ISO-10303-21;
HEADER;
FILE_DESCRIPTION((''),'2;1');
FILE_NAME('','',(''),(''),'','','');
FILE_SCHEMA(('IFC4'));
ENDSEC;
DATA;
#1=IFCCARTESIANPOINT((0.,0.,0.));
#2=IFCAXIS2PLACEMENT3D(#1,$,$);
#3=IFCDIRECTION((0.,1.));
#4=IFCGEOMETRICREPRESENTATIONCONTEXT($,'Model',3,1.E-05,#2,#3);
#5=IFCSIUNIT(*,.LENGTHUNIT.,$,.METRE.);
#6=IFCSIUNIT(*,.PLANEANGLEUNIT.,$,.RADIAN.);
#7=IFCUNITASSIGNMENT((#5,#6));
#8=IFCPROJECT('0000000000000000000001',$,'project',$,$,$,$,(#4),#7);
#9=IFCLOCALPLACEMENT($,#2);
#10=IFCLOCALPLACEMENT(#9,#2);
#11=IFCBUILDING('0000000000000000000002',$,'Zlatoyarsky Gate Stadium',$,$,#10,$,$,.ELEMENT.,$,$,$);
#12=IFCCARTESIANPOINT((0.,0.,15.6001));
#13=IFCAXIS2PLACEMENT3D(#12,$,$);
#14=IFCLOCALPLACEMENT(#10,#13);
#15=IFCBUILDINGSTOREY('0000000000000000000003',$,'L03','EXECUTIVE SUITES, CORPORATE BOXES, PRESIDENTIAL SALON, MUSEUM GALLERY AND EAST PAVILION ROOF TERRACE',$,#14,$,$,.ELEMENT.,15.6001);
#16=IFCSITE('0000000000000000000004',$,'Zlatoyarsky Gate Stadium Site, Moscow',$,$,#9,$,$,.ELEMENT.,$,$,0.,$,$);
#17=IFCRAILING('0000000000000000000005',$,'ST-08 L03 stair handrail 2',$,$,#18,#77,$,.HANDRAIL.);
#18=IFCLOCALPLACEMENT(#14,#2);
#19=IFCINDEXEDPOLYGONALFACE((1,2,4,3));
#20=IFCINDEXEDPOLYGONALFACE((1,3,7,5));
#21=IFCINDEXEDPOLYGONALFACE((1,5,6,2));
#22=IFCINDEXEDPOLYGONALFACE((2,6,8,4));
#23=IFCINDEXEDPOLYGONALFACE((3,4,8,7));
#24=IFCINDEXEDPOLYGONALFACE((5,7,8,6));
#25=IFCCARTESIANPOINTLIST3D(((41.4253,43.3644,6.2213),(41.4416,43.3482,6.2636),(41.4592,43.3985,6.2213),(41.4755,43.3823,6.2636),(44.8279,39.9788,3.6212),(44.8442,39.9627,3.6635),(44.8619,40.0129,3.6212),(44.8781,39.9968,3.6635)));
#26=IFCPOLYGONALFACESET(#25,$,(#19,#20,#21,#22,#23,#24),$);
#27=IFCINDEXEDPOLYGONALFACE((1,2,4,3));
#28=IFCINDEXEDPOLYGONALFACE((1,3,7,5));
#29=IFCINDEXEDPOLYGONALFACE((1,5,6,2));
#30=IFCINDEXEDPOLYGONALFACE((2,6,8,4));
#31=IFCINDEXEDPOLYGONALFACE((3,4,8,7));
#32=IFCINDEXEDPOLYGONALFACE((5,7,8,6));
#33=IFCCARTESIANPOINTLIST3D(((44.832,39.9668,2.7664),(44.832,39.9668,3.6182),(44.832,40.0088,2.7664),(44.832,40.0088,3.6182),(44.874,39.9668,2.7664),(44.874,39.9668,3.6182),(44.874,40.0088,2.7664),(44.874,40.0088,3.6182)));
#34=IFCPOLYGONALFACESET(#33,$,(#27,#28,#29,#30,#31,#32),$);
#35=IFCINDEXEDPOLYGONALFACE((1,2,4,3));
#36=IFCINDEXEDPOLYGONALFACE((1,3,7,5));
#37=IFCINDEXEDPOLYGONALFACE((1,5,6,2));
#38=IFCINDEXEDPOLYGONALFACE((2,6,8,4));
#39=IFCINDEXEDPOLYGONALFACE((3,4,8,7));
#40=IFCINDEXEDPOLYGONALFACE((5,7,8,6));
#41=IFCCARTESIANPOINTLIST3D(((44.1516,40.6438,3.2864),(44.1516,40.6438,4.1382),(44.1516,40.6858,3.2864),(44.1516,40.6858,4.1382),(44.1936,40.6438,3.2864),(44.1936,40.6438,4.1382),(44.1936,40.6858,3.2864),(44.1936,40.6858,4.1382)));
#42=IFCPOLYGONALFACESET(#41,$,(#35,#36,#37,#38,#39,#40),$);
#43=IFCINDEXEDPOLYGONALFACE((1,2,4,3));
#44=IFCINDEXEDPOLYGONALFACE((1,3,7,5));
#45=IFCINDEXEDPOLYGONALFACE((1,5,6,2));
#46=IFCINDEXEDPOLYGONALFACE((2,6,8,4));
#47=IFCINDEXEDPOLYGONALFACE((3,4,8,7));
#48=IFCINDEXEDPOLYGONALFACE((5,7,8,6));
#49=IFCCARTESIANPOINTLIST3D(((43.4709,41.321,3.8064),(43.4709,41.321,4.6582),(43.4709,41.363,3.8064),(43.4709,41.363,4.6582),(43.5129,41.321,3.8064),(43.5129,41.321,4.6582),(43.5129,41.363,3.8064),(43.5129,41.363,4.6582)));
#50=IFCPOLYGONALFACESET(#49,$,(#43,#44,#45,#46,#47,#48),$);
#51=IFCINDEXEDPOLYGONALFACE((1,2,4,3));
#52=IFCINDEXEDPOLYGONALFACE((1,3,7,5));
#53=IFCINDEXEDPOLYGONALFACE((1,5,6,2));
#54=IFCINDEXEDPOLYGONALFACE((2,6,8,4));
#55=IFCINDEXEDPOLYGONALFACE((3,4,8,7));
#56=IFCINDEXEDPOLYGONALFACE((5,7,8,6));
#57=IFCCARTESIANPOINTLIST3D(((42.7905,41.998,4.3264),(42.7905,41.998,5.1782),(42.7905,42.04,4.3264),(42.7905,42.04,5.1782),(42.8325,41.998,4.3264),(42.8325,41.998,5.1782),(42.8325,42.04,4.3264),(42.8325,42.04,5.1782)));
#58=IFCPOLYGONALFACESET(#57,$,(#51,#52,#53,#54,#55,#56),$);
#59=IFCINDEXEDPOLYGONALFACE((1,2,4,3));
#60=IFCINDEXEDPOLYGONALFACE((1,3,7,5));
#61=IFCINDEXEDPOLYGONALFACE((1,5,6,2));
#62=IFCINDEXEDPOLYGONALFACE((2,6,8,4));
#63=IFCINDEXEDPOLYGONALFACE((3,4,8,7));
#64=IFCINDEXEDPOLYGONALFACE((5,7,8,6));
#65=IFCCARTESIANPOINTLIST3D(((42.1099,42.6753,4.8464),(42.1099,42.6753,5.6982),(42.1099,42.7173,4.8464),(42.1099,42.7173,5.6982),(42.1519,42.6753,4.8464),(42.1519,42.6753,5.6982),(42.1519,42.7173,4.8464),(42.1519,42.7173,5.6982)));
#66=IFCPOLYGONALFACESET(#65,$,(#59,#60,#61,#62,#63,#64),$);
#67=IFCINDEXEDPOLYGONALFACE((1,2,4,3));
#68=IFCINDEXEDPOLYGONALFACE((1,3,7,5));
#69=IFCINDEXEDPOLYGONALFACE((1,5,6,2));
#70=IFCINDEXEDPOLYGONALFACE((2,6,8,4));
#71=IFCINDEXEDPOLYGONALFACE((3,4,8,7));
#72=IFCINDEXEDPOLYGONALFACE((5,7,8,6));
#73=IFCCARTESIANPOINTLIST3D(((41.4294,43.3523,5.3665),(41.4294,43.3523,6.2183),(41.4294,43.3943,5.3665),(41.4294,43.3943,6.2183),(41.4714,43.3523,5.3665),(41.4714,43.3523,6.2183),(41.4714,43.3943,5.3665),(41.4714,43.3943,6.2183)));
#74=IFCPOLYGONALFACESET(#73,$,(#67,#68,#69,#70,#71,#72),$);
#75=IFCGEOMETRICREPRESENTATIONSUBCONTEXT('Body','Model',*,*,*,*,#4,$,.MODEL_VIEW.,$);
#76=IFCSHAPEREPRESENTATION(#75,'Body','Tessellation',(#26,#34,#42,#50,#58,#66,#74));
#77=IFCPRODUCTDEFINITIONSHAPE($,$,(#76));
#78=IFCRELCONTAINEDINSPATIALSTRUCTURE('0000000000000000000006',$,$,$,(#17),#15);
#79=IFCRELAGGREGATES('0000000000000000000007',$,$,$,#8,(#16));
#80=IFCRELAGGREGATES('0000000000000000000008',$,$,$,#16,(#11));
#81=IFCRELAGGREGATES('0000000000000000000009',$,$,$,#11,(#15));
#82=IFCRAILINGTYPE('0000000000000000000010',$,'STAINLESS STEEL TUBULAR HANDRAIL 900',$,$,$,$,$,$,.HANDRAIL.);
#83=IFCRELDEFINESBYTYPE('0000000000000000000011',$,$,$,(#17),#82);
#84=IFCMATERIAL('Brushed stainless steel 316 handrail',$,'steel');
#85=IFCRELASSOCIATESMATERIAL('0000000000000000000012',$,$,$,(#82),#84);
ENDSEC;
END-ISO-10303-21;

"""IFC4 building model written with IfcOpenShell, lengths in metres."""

from ifc_helpers import new_model, si_unit, direction, frame, origin, origin_2d, place, context, subcontext, project, spatial, rectangle, extrude, material, type_object, element, save


model = new_model("IFC4")

# Units and contexts
model_context = context("Model", 3, precision=1e-05, world=origin(), true_north=direction((0.0, 1.0)))
body_context = subcontext(model_context, "Body", "Model", "MODEL_VIEW")
ifc_project = project(units=[si_unit("LENGTHUNIT", "METRE"), si_unit("PLANEANGLEUNIT", "RADIAN")], contexts=[model_context])

# Site, building, storey
site_placement = place(None, origin())
site = spatial("IfcSite", under=ifc_project, at=site_placement, Name="Zlatoyarsky Gate Stadium Site, Moscow", CompositionType="ELEMENT", RefElevation=0.0)
building_placement = place(site_placement, origin())
building = spatial("IfcBuilding", under=site, at=building_placement, Name="Zlatoyarsky Gate Stadium", CompositionType="ELEMENT")
storey_placement = place(building_placement, frame((0.0, 0.0, 15.6001)))
storey = spatial("IfcBuildingStorey", under=building, at=storey_placement, Name="L03", Description="EXECUTIVE SUITES, CORPORATE BOXES, PRESIDENTIAL SALON, MUSEUM GALLERY AND EAST PAVILION ROOF TERRACE", CompositionType="ELEMENT", Elevation=15.6001)

# Railing
ifc_material_1 = material(Name="Brushed stainless steel 316 handrail", Category="steel")
railing_type_1 = type_object("IfcRailingType", Name="STAINLESS STEEL TUBULAR HANDRAIL 900", PredefinedType="HANDRAIL", material=ifc_material_1)
railing_1_placement = place(storey_placement, frame((44.853, 39.9878, 2.7664)))
element("IfcRailing", 1, at=railing_1_placement, inside=storey, type_object=railing_type_1, Name="ST-08 L03 stair handrail 2", PredefinedType="HANDRAIL", context=body_context, shape_type="SweptSolid", body=[
    extrude(rectangle(XDim=0.0481, YDim=0.0481, at=origin_2d()), frame((0.0, 0.0, 0.876), z_axis=(-0.623309, 0.620178, 0.476303), x_axis=(-0.705324, -0.708885, 0.0)), (0.0, 0.0, 1.0), 5.459),
    extrude(rectangle(XDim=0.042, YDim=0.042, at=origin_2d()), origin(), (0.0, 0.0, 1.0), 0.8518),
    extrude(rectangle(XDim=0.042, YDim=0.042, at=origin_2d()), frame((-0.6804, 0.677, 0.52)), (0.0, 0.0, 1.0), 0.8518),
    extrude(rectangle(XDim=0.042, YDim=0.042, at=origin_2d()), frame((-1.3611, 1.3542, 1.04)), (0.0, 0.0, 1.0), 0.8518),
    extrude(rectangle(XDim=0.042, YDim=0.042, at=origin_2d()), frame((-2.0415, 2.0312, 1.5601)), (0.0, 0.0, 1.0), 0.8518),
    extrude(rectangle(XDim=0.042, YDim=0.042, at=origin_2d()), frame((-2.7222, 2.7085, 2.0801)), (0.0, 0.0, 1.0), 0.8518),
    extrude(rectangle(XDim=0.042, YDim=0.042, at=origin_2d()), frame((-3.4026, 3.3855, 2.6001)), (0.0, 0.0, 1.0), 0.8518),
])

save(model, "model.ifc")
